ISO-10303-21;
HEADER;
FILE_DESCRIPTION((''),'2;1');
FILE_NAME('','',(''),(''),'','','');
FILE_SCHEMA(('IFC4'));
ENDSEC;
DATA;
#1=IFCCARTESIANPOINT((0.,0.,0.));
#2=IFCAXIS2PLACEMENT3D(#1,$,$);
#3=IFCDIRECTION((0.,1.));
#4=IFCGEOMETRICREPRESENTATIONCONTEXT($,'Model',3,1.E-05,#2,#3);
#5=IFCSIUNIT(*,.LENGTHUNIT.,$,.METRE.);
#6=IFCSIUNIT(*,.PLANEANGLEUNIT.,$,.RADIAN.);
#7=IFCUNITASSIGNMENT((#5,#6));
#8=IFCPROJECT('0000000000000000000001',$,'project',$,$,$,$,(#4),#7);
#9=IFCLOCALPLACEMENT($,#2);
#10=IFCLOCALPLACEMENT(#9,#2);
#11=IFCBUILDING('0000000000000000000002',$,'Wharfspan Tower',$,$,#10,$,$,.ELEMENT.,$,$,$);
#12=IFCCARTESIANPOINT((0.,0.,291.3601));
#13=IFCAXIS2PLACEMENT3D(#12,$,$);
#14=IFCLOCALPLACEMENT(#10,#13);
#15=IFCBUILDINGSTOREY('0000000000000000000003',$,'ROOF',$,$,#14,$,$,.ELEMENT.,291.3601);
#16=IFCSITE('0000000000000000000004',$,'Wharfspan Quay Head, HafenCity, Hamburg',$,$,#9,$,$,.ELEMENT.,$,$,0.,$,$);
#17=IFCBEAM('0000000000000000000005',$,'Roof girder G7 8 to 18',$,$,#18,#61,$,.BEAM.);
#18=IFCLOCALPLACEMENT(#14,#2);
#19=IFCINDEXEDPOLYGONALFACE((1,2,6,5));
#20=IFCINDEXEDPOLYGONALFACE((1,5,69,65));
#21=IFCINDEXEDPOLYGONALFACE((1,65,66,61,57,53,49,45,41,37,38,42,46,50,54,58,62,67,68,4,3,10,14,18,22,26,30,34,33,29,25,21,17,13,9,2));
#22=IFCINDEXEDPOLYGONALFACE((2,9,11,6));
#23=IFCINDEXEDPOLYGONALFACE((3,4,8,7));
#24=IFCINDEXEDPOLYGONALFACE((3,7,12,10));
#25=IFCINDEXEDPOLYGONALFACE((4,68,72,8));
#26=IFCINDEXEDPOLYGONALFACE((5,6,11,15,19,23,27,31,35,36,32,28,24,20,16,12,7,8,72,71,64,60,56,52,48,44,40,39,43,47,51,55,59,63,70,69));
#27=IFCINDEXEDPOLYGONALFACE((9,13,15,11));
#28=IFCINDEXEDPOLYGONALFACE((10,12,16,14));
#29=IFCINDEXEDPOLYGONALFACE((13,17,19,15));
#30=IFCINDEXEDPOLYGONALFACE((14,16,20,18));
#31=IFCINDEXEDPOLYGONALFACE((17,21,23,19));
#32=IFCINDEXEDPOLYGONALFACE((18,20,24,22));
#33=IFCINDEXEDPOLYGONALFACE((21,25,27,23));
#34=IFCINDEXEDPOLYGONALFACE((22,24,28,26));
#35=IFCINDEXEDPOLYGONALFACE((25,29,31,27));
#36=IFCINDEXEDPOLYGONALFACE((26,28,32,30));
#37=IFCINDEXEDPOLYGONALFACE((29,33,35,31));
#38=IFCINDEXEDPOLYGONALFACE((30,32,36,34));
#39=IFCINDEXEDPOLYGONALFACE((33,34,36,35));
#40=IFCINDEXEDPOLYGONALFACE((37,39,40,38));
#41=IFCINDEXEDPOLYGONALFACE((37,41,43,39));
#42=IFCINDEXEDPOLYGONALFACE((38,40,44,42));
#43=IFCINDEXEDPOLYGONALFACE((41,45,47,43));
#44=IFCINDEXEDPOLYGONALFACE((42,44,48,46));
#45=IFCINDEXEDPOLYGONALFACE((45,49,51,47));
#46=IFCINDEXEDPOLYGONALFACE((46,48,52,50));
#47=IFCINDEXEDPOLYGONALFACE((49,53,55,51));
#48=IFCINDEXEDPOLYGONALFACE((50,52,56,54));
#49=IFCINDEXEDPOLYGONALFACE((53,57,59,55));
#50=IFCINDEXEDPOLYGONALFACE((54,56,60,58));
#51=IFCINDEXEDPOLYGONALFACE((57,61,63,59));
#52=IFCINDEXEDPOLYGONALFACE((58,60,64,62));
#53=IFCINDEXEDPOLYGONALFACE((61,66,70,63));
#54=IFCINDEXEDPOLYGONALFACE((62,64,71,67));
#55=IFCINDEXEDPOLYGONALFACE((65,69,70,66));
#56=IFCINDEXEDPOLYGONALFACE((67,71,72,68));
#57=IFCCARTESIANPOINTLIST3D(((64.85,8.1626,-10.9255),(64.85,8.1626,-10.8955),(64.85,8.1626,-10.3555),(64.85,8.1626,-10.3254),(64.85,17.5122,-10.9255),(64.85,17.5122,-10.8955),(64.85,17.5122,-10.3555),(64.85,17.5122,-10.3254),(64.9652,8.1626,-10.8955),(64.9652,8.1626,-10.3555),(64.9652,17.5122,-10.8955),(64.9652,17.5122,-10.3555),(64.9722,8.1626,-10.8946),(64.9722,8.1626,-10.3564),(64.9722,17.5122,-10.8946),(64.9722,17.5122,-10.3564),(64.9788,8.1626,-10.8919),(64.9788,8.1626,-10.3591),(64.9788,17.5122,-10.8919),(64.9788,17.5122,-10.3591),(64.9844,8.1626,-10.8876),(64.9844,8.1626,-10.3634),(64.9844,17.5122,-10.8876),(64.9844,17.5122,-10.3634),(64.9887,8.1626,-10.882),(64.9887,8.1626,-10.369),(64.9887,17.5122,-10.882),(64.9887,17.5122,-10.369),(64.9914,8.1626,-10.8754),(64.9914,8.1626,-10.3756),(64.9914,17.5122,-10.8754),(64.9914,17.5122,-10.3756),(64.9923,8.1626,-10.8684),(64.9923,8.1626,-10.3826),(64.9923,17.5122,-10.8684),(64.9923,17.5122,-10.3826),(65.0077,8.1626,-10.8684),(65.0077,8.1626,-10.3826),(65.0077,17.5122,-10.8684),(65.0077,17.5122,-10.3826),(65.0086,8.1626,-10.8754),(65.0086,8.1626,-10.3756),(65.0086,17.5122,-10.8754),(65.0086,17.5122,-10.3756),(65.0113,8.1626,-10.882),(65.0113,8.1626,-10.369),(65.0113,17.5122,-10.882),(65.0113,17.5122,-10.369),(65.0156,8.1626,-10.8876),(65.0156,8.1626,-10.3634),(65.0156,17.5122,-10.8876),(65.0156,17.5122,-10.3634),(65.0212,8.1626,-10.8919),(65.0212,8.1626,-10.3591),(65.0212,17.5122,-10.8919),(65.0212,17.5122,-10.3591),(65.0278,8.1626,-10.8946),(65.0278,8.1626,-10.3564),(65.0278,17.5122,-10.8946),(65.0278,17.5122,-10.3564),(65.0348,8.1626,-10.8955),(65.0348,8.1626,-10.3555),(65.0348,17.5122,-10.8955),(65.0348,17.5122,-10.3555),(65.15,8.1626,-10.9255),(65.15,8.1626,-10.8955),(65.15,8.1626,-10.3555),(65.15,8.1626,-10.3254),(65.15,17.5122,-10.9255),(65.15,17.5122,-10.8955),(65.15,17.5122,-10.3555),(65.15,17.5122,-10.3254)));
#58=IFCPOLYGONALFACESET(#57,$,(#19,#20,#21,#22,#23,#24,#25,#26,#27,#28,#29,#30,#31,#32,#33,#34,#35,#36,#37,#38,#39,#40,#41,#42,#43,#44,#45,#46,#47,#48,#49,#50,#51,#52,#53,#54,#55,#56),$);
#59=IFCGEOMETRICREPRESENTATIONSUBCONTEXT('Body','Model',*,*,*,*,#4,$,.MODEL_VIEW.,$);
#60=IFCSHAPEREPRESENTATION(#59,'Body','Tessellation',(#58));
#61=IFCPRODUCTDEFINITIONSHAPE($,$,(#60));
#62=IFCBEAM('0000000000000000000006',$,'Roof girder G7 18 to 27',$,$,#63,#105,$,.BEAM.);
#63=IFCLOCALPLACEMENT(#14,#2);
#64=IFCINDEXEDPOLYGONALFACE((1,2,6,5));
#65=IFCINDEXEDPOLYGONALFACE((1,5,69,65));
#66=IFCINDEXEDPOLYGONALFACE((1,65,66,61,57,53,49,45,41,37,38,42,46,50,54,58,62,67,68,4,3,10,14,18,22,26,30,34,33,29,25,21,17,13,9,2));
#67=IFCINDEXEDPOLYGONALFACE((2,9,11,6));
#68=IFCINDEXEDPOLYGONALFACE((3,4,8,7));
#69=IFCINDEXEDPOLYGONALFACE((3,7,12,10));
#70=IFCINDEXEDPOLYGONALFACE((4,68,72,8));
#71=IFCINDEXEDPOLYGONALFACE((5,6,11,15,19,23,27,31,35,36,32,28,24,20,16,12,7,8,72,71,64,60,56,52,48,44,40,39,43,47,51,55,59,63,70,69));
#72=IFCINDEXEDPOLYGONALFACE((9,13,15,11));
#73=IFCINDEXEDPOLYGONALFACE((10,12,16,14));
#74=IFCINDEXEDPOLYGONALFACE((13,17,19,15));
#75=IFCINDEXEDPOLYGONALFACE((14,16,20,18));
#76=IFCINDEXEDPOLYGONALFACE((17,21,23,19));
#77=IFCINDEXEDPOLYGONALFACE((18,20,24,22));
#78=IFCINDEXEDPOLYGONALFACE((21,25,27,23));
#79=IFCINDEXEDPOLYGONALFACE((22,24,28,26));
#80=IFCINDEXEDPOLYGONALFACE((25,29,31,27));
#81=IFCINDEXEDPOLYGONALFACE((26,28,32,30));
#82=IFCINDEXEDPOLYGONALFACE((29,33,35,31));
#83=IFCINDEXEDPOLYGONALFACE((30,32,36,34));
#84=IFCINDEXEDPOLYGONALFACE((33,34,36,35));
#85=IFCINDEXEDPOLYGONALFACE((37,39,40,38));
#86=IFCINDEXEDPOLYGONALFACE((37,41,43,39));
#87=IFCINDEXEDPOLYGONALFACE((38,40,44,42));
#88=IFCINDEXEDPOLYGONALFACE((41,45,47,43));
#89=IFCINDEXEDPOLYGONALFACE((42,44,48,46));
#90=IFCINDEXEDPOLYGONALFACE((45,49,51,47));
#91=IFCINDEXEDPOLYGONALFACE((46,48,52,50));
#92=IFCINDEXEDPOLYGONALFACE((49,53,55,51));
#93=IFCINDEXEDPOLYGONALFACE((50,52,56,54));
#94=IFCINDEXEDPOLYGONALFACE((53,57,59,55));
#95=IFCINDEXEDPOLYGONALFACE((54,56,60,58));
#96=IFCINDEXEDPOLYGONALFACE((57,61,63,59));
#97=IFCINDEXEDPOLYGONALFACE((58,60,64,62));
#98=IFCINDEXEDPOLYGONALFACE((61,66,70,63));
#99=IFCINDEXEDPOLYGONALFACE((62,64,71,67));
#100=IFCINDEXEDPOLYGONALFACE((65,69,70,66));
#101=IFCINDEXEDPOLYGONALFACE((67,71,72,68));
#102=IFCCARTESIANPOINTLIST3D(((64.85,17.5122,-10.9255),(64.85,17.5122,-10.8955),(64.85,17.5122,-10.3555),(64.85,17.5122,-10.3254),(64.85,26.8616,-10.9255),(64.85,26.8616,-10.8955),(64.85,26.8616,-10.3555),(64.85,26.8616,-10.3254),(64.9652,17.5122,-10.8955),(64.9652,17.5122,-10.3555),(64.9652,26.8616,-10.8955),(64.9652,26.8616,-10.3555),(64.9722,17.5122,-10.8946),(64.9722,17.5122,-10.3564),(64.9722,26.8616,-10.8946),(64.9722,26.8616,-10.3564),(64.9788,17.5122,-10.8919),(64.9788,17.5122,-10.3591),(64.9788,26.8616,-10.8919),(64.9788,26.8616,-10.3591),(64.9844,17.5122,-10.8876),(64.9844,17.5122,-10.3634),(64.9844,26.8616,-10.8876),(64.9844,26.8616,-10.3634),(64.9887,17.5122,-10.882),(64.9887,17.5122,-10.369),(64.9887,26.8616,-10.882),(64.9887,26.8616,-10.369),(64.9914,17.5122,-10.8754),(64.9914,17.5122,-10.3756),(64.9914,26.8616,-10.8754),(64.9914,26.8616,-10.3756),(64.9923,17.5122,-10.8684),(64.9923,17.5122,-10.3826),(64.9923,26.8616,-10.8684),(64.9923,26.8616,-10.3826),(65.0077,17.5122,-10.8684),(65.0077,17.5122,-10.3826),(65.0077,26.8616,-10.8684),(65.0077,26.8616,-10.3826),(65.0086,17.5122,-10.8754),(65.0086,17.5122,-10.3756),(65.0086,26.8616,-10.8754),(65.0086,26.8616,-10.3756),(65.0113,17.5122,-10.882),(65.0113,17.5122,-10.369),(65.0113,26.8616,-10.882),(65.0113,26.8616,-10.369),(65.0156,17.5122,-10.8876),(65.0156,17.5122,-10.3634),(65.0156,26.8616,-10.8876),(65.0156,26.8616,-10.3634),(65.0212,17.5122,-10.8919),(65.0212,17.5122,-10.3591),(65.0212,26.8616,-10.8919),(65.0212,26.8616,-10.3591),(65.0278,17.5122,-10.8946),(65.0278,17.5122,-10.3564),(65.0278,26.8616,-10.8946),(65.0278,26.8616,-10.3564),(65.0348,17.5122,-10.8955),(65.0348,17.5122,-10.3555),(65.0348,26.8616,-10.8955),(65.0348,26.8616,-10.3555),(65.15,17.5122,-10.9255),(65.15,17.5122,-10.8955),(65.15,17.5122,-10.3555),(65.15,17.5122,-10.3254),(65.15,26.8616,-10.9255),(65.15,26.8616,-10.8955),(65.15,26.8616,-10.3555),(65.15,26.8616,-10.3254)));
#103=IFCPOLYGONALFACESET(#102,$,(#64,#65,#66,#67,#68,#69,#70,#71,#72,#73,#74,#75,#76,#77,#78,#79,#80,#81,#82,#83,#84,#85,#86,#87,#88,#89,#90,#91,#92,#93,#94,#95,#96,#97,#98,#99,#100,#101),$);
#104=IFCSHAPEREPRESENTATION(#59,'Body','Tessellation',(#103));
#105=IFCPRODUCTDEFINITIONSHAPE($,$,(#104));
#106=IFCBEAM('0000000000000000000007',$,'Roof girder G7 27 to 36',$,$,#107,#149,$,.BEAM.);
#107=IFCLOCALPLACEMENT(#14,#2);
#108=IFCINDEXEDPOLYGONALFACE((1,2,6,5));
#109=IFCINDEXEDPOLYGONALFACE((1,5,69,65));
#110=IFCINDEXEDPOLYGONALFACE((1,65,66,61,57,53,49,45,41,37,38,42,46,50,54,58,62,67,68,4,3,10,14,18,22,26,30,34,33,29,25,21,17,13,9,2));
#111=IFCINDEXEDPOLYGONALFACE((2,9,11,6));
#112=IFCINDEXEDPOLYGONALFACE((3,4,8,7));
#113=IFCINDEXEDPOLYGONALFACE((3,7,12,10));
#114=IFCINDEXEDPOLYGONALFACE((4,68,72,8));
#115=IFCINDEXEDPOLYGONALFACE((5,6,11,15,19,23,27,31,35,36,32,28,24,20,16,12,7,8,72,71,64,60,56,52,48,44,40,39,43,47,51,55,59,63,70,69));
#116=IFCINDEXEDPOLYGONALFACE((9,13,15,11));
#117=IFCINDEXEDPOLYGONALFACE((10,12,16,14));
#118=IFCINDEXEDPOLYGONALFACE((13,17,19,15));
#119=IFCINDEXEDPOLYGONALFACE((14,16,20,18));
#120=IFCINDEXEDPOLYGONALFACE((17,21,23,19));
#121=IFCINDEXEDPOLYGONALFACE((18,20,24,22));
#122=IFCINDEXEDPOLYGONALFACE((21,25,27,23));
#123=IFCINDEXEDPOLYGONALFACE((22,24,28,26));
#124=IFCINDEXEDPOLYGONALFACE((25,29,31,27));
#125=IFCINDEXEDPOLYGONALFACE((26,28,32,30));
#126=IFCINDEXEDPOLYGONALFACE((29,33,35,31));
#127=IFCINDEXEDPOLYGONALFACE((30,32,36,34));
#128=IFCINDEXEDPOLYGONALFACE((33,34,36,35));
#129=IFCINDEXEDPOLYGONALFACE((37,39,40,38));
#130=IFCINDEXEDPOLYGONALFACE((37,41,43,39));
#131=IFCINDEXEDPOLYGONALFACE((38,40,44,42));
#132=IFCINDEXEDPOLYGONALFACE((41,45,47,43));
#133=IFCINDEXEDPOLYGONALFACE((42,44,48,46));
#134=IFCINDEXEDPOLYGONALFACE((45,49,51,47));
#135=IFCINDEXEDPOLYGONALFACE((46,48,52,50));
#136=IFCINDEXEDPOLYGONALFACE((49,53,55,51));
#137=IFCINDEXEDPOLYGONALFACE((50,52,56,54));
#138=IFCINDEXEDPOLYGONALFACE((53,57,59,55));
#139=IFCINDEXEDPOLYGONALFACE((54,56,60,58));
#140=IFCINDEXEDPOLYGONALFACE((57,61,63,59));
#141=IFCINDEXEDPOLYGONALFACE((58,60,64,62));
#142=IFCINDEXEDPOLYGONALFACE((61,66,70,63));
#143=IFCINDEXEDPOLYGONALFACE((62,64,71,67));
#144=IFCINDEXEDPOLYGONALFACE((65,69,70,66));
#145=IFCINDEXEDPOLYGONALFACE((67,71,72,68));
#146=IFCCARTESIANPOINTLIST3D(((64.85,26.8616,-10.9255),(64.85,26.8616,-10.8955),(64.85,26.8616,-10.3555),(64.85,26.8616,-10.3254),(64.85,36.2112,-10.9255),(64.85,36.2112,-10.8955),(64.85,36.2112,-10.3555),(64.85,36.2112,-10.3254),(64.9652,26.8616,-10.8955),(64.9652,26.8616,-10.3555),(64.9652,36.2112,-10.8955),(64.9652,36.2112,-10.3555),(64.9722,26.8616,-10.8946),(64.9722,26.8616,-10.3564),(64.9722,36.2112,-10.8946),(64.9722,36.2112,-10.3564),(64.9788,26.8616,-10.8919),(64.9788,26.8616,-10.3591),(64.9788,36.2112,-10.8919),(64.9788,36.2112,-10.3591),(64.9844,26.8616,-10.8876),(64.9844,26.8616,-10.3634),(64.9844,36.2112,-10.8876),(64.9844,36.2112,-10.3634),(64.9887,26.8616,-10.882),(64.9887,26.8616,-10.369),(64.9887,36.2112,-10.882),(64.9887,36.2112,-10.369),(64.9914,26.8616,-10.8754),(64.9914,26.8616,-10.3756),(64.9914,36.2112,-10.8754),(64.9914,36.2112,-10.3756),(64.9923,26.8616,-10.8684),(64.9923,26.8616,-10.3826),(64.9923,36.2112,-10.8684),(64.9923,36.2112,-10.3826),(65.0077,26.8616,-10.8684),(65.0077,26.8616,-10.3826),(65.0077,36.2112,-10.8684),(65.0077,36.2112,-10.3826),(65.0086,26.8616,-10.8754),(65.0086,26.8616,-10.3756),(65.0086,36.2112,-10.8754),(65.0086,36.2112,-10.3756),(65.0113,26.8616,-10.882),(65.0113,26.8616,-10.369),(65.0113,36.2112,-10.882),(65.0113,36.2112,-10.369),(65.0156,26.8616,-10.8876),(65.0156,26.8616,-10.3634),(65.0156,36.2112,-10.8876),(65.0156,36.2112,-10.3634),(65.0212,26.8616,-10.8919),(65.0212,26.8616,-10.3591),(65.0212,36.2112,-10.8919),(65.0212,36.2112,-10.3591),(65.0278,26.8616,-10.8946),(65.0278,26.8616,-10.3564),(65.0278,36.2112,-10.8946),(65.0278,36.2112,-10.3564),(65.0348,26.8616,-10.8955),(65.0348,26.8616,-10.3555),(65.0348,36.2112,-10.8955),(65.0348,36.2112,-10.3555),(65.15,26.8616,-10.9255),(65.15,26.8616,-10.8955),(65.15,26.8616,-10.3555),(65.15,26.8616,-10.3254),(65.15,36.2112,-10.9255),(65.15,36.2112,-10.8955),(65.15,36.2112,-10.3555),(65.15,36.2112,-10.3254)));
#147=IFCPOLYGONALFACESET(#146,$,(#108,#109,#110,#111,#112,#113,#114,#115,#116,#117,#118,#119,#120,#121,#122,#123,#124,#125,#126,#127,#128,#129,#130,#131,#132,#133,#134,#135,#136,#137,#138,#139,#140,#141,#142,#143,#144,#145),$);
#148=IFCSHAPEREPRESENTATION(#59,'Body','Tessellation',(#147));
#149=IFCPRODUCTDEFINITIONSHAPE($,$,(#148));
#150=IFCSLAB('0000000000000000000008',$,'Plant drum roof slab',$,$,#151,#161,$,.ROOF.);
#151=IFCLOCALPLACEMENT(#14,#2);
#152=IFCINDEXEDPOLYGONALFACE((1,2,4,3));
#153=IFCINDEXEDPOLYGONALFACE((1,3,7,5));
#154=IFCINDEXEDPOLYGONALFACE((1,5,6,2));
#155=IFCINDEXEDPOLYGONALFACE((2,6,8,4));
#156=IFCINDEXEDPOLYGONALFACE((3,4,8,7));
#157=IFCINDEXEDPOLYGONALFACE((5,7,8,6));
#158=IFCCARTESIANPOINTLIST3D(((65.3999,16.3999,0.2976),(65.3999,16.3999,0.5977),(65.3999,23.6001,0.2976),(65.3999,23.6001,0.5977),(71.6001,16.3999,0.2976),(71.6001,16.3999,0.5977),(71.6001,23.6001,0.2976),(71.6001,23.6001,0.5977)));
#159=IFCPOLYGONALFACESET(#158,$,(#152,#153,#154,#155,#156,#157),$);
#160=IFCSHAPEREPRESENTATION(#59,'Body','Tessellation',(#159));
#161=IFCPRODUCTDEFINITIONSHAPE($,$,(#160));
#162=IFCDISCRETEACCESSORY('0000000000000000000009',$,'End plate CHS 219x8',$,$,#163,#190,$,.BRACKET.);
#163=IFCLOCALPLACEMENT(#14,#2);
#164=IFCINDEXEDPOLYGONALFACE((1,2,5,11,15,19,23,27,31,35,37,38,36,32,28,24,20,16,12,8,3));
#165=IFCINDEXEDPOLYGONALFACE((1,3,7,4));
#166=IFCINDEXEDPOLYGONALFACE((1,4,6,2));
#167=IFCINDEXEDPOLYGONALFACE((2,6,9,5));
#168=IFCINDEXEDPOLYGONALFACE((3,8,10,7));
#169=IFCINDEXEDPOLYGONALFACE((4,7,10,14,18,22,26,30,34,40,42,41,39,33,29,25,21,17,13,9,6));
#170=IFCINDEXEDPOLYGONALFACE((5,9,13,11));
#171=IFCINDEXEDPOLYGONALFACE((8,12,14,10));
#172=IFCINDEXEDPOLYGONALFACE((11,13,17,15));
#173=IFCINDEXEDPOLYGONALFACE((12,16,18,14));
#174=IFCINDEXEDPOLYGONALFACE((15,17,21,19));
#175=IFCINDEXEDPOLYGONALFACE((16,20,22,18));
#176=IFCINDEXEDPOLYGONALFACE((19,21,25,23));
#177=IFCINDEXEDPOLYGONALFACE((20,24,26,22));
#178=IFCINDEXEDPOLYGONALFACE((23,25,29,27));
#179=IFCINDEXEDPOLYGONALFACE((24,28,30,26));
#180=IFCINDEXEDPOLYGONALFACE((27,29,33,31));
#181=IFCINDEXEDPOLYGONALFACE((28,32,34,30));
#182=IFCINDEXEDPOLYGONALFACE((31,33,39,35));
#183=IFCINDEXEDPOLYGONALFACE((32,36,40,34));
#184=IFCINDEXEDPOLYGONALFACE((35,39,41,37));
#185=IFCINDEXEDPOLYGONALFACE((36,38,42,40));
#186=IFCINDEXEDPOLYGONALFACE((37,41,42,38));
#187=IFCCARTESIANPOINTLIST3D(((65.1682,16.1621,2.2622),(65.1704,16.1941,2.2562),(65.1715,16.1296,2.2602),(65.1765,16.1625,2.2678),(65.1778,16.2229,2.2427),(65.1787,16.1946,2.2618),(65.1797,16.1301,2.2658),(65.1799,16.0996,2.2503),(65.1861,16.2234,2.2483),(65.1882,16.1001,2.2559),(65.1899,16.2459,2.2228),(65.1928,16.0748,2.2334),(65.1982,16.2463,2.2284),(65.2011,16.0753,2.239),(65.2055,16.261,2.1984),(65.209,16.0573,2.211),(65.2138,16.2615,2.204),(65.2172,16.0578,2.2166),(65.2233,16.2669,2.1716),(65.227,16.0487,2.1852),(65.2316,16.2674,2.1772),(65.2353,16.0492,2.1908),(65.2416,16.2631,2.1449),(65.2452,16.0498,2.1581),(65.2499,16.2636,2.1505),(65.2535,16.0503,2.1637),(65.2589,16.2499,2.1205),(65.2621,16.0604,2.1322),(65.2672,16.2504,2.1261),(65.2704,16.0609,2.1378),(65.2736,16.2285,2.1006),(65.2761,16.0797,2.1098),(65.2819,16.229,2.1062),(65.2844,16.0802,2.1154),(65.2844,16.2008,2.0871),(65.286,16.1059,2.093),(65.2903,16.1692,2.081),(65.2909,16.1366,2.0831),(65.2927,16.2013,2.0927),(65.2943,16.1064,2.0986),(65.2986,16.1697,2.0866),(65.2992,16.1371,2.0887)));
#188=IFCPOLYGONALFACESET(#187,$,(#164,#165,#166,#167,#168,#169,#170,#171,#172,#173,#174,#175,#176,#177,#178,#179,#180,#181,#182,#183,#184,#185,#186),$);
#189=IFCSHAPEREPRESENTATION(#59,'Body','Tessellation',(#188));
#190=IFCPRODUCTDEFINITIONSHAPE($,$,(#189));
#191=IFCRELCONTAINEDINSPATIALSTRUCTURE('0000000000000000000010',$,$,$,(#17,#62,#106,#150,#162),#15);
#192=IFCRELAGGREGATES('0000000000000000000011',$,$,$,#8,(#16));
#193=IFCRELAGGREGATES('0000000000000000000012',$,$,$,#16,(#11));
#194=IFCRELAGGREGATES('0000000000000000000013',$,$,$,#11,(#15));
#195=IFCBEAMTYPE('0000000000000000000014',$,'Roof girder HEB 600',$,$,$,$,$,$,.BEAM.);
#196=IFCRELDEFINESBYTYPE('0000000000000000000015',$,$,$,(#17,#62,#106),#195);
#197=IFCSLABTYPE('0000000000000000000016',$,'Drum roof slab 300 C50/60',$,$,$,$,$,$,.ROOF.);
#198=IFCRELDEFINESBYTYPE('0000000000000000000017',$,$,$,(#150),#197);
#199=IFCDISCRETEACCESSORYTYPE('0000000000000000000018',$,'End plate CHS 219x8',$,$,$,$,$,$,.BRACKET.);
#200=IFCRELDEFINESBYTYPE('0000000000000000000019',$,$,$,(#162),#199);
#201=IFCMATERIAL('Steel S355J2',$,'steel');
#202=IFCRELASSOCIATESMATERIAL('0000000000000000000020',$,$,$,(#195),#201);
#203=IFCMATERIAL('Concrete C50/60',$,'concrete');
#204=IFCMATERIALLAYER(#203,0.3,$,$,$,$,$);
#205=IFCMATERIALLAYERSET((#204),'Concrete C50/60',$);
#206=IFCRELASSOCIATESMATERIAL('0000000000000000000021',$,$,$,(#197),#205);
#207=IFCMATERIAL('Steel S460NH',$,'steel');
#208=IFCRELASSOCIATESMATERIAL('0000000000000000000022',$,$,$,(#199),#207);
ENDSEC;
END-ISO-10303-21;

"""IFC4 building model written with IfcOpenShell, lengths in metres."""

from ifc_helpers import new_model, si_unit, direction, frame, origin, origin_2d, place, context, subcontext, project, spatial, polyline, circle, i_section, outline, extrude, material, layer, layer_set, material_profile, profile_set, type_object, element, save


model = new_model("IFC4")

# Units and contexts
model_context = context("Model", 3, precision=1e-05, world=origin(), true_north=direction((0.0, 1.0)))
body_context = subcontext(model_context, "Body", "Model", "MODEL_VIEW")
ifc_project = project(units=[si_unit("LENGTHUNIT", "METRE"), si_unit("PLANEANGLEUNIT", "RADIAN")], contexts=[model_context])

# Site, building, storey
site_placement = place(None, origin())
site = spatial("IfcSite", under=ifc_project, at=site_placement, Name="Wharfspan Quay Head, HafenCity, Hamburg", CompositionType="ELEMENT", RefElevation=0.0)
building_placement = place(site_placement, origin())
building = spatial("IfcBuilding", under=site, at=building_placement, Name="Wharfspan Tower", CompositionType="ELEMENT")
storey_placement = place(building_placement, frame((0.0, 0.0, 291.3601)))
storey = spatial("IfcBuildingStorey", under=building, at=storey_placement, Name="ROOF", CompositionType="ELEMENT", Elevation=291.3601)

# Shared definitions
ifc_material_1 = material(Name="Steel S460NH", Category="steel")

# Beams
ifc_material_2 = material(Name="Concrete C50/60", Category="concrete")
ifc_material_3 = material(Name="Steel S355J2", Category="steel")
ifc_material_profile_1 = material_profile(ifc_material_3, i_section(OverallWidth=0.3, OverallDepth=0.6001, WebThickness=0.0154, FlangeThickness=0.03, FilletRadius=0.0271, at=origin_2d()))
ifc_profile_set_1 = profile_set([ifc_material_profile_1], Name="Steel S355J2")
beam_type_1 = type_object("IfcBeamType", Name="Roof girder HEB 600", PredefinedType="BEAM", material=ifc_profile_set_1)
beam_1_placement = place(storey_placement, frame((65.0, 8.1626, -10.6255), z_axis=(0.0, 1.0, 0.0), x_axis=(-1.0, 0.0, 0.0)))
element("IfcBeam", 1, at=beam_1_placement, inside=storey, type_object=beam_type_1, Name="Roof girder G7 8 to 18", PredefinedType="BEAM", context=body_context, shape_type="SweptSolid", body=[
    extrude(i_section(OverallWidth=0.3, OverallDepth=0.6001, WebThickness=0.0154, FlangeThickness=0.03, FilletRadius=0.0271, at=origin_2d()), origin(), (0.0, 0.0, 1.0), 9.3496),
])
beam_2_placement = place(storey_placement, frame((65.0, 17.5122, -10.6255), z_axis=(0.0, 1.0, 0.0), x_axis=(-1.0, 0.0, 0.0)))
element("IfcBeam", 2, at=beam_2_placement, inside=storey, type_object=beam_type_1, Name="Roof girder G7 18 to 27", PredefinedType="BEAM", context=body_context, shape_type="SweptSolid", body=[
    extrude(i_section(OverallWidth=0.3, OverallDepth=0.6001, WebThickness=0.0154, FlangeThickness=0.03, FilletRadius=0.0271, at=origin_2d()), origin(), (0.0, 0.0, 1.0), 9.3494),
])
beam_3_placement = place(storey_placement, frame((65.0, 26.8616, -10.6255), z_axis=(0.0, 1.0, 0.0), x_axis=(-1.0, 0.0, 0.0)))
element("IfcBeam", 3, at=beam_3_placement, inside=storey, type_object=beam_type_1, Name="Roof girder G7 27 to 36", PredefinedType="BEAM", context=body_context, shape_type="SweptSolid", body=[
    extrude(i_section(OverallWidth=0.3, OverallDepth=0.6001, WebThickness=0.0154, FlangeThickness=0.03, FilletRadius=0.0271, at=origin_2d()), origin(), (0.0, 0.0, 1.0), 9.3496),
])

# Slab
ifc_layer = layer(ifc_material_2, 0.3)
ifc_layer_set = layer_set([ifc_layer], Name="Concrete C50/60")
slab_type = type_object("IfcSlabType", Name="Drum roof slab 300 C50/60", PredefinedType="ROOF", material=ifc_layer_set)
slab_placement = place(storey_placement, frame((0.0, 0.0, 0.2976)))
element("IfcSlab", 4, at=slab_placement, inside=storey, type_object=slab_type, Name="Plant drum roof slab", PredefinedType="ROOF", context=body_context, shape_type="SweptSolid", body=[
    extrude(outline(polyline([(65.3999, 16.3999), (71.6001, 16.3999), (71.6001, 23.6001), (65.3999, 23.6001), (65.3999, 16.3999)])), origin(), (0.0, 0.0, 1.0), 0.3),
])

# Discrete accessory
ifc_material_profile_2 = material_profile(ifc_material_1, circle(Radius=0.1096, at=origin_2d()))
ifc_profile_set_2 = profile_set([ifc_material_profile_2], Name="Steel S460NH")
discrete_accessory_type_1 = type_object("IfcDiscreteAccessoryType", Name="End plate CHS 219x8", PredefinedType="BRACKET", material=ifc_profile_set_2)
for number, where, z_axis, x_axis, name in (
    (5, (65.2297, 16.1575, 2.1716), (0.827302, 0.048665, 0.559645), (-0.058723, 0.998276, 0.000001), "End plate CHS 219x8"),
):
    element("IfcDiscreteAccessory", number, at=place(storey_placement, frame(where, z_axis=z_axis, x_axis=x_axis)), inside=storey, type_object=discrete_accessory_type_1, Name=name, PredefinedType="BRACKET", context=body_context, shape_type="SweptSolid", body=[
        extrude(circle(Radius=0.1096, at=origin_2d()), origin(), (0.0, 0.0, 1.0), 0.01),
    ])

save(model, "model.ifc")
